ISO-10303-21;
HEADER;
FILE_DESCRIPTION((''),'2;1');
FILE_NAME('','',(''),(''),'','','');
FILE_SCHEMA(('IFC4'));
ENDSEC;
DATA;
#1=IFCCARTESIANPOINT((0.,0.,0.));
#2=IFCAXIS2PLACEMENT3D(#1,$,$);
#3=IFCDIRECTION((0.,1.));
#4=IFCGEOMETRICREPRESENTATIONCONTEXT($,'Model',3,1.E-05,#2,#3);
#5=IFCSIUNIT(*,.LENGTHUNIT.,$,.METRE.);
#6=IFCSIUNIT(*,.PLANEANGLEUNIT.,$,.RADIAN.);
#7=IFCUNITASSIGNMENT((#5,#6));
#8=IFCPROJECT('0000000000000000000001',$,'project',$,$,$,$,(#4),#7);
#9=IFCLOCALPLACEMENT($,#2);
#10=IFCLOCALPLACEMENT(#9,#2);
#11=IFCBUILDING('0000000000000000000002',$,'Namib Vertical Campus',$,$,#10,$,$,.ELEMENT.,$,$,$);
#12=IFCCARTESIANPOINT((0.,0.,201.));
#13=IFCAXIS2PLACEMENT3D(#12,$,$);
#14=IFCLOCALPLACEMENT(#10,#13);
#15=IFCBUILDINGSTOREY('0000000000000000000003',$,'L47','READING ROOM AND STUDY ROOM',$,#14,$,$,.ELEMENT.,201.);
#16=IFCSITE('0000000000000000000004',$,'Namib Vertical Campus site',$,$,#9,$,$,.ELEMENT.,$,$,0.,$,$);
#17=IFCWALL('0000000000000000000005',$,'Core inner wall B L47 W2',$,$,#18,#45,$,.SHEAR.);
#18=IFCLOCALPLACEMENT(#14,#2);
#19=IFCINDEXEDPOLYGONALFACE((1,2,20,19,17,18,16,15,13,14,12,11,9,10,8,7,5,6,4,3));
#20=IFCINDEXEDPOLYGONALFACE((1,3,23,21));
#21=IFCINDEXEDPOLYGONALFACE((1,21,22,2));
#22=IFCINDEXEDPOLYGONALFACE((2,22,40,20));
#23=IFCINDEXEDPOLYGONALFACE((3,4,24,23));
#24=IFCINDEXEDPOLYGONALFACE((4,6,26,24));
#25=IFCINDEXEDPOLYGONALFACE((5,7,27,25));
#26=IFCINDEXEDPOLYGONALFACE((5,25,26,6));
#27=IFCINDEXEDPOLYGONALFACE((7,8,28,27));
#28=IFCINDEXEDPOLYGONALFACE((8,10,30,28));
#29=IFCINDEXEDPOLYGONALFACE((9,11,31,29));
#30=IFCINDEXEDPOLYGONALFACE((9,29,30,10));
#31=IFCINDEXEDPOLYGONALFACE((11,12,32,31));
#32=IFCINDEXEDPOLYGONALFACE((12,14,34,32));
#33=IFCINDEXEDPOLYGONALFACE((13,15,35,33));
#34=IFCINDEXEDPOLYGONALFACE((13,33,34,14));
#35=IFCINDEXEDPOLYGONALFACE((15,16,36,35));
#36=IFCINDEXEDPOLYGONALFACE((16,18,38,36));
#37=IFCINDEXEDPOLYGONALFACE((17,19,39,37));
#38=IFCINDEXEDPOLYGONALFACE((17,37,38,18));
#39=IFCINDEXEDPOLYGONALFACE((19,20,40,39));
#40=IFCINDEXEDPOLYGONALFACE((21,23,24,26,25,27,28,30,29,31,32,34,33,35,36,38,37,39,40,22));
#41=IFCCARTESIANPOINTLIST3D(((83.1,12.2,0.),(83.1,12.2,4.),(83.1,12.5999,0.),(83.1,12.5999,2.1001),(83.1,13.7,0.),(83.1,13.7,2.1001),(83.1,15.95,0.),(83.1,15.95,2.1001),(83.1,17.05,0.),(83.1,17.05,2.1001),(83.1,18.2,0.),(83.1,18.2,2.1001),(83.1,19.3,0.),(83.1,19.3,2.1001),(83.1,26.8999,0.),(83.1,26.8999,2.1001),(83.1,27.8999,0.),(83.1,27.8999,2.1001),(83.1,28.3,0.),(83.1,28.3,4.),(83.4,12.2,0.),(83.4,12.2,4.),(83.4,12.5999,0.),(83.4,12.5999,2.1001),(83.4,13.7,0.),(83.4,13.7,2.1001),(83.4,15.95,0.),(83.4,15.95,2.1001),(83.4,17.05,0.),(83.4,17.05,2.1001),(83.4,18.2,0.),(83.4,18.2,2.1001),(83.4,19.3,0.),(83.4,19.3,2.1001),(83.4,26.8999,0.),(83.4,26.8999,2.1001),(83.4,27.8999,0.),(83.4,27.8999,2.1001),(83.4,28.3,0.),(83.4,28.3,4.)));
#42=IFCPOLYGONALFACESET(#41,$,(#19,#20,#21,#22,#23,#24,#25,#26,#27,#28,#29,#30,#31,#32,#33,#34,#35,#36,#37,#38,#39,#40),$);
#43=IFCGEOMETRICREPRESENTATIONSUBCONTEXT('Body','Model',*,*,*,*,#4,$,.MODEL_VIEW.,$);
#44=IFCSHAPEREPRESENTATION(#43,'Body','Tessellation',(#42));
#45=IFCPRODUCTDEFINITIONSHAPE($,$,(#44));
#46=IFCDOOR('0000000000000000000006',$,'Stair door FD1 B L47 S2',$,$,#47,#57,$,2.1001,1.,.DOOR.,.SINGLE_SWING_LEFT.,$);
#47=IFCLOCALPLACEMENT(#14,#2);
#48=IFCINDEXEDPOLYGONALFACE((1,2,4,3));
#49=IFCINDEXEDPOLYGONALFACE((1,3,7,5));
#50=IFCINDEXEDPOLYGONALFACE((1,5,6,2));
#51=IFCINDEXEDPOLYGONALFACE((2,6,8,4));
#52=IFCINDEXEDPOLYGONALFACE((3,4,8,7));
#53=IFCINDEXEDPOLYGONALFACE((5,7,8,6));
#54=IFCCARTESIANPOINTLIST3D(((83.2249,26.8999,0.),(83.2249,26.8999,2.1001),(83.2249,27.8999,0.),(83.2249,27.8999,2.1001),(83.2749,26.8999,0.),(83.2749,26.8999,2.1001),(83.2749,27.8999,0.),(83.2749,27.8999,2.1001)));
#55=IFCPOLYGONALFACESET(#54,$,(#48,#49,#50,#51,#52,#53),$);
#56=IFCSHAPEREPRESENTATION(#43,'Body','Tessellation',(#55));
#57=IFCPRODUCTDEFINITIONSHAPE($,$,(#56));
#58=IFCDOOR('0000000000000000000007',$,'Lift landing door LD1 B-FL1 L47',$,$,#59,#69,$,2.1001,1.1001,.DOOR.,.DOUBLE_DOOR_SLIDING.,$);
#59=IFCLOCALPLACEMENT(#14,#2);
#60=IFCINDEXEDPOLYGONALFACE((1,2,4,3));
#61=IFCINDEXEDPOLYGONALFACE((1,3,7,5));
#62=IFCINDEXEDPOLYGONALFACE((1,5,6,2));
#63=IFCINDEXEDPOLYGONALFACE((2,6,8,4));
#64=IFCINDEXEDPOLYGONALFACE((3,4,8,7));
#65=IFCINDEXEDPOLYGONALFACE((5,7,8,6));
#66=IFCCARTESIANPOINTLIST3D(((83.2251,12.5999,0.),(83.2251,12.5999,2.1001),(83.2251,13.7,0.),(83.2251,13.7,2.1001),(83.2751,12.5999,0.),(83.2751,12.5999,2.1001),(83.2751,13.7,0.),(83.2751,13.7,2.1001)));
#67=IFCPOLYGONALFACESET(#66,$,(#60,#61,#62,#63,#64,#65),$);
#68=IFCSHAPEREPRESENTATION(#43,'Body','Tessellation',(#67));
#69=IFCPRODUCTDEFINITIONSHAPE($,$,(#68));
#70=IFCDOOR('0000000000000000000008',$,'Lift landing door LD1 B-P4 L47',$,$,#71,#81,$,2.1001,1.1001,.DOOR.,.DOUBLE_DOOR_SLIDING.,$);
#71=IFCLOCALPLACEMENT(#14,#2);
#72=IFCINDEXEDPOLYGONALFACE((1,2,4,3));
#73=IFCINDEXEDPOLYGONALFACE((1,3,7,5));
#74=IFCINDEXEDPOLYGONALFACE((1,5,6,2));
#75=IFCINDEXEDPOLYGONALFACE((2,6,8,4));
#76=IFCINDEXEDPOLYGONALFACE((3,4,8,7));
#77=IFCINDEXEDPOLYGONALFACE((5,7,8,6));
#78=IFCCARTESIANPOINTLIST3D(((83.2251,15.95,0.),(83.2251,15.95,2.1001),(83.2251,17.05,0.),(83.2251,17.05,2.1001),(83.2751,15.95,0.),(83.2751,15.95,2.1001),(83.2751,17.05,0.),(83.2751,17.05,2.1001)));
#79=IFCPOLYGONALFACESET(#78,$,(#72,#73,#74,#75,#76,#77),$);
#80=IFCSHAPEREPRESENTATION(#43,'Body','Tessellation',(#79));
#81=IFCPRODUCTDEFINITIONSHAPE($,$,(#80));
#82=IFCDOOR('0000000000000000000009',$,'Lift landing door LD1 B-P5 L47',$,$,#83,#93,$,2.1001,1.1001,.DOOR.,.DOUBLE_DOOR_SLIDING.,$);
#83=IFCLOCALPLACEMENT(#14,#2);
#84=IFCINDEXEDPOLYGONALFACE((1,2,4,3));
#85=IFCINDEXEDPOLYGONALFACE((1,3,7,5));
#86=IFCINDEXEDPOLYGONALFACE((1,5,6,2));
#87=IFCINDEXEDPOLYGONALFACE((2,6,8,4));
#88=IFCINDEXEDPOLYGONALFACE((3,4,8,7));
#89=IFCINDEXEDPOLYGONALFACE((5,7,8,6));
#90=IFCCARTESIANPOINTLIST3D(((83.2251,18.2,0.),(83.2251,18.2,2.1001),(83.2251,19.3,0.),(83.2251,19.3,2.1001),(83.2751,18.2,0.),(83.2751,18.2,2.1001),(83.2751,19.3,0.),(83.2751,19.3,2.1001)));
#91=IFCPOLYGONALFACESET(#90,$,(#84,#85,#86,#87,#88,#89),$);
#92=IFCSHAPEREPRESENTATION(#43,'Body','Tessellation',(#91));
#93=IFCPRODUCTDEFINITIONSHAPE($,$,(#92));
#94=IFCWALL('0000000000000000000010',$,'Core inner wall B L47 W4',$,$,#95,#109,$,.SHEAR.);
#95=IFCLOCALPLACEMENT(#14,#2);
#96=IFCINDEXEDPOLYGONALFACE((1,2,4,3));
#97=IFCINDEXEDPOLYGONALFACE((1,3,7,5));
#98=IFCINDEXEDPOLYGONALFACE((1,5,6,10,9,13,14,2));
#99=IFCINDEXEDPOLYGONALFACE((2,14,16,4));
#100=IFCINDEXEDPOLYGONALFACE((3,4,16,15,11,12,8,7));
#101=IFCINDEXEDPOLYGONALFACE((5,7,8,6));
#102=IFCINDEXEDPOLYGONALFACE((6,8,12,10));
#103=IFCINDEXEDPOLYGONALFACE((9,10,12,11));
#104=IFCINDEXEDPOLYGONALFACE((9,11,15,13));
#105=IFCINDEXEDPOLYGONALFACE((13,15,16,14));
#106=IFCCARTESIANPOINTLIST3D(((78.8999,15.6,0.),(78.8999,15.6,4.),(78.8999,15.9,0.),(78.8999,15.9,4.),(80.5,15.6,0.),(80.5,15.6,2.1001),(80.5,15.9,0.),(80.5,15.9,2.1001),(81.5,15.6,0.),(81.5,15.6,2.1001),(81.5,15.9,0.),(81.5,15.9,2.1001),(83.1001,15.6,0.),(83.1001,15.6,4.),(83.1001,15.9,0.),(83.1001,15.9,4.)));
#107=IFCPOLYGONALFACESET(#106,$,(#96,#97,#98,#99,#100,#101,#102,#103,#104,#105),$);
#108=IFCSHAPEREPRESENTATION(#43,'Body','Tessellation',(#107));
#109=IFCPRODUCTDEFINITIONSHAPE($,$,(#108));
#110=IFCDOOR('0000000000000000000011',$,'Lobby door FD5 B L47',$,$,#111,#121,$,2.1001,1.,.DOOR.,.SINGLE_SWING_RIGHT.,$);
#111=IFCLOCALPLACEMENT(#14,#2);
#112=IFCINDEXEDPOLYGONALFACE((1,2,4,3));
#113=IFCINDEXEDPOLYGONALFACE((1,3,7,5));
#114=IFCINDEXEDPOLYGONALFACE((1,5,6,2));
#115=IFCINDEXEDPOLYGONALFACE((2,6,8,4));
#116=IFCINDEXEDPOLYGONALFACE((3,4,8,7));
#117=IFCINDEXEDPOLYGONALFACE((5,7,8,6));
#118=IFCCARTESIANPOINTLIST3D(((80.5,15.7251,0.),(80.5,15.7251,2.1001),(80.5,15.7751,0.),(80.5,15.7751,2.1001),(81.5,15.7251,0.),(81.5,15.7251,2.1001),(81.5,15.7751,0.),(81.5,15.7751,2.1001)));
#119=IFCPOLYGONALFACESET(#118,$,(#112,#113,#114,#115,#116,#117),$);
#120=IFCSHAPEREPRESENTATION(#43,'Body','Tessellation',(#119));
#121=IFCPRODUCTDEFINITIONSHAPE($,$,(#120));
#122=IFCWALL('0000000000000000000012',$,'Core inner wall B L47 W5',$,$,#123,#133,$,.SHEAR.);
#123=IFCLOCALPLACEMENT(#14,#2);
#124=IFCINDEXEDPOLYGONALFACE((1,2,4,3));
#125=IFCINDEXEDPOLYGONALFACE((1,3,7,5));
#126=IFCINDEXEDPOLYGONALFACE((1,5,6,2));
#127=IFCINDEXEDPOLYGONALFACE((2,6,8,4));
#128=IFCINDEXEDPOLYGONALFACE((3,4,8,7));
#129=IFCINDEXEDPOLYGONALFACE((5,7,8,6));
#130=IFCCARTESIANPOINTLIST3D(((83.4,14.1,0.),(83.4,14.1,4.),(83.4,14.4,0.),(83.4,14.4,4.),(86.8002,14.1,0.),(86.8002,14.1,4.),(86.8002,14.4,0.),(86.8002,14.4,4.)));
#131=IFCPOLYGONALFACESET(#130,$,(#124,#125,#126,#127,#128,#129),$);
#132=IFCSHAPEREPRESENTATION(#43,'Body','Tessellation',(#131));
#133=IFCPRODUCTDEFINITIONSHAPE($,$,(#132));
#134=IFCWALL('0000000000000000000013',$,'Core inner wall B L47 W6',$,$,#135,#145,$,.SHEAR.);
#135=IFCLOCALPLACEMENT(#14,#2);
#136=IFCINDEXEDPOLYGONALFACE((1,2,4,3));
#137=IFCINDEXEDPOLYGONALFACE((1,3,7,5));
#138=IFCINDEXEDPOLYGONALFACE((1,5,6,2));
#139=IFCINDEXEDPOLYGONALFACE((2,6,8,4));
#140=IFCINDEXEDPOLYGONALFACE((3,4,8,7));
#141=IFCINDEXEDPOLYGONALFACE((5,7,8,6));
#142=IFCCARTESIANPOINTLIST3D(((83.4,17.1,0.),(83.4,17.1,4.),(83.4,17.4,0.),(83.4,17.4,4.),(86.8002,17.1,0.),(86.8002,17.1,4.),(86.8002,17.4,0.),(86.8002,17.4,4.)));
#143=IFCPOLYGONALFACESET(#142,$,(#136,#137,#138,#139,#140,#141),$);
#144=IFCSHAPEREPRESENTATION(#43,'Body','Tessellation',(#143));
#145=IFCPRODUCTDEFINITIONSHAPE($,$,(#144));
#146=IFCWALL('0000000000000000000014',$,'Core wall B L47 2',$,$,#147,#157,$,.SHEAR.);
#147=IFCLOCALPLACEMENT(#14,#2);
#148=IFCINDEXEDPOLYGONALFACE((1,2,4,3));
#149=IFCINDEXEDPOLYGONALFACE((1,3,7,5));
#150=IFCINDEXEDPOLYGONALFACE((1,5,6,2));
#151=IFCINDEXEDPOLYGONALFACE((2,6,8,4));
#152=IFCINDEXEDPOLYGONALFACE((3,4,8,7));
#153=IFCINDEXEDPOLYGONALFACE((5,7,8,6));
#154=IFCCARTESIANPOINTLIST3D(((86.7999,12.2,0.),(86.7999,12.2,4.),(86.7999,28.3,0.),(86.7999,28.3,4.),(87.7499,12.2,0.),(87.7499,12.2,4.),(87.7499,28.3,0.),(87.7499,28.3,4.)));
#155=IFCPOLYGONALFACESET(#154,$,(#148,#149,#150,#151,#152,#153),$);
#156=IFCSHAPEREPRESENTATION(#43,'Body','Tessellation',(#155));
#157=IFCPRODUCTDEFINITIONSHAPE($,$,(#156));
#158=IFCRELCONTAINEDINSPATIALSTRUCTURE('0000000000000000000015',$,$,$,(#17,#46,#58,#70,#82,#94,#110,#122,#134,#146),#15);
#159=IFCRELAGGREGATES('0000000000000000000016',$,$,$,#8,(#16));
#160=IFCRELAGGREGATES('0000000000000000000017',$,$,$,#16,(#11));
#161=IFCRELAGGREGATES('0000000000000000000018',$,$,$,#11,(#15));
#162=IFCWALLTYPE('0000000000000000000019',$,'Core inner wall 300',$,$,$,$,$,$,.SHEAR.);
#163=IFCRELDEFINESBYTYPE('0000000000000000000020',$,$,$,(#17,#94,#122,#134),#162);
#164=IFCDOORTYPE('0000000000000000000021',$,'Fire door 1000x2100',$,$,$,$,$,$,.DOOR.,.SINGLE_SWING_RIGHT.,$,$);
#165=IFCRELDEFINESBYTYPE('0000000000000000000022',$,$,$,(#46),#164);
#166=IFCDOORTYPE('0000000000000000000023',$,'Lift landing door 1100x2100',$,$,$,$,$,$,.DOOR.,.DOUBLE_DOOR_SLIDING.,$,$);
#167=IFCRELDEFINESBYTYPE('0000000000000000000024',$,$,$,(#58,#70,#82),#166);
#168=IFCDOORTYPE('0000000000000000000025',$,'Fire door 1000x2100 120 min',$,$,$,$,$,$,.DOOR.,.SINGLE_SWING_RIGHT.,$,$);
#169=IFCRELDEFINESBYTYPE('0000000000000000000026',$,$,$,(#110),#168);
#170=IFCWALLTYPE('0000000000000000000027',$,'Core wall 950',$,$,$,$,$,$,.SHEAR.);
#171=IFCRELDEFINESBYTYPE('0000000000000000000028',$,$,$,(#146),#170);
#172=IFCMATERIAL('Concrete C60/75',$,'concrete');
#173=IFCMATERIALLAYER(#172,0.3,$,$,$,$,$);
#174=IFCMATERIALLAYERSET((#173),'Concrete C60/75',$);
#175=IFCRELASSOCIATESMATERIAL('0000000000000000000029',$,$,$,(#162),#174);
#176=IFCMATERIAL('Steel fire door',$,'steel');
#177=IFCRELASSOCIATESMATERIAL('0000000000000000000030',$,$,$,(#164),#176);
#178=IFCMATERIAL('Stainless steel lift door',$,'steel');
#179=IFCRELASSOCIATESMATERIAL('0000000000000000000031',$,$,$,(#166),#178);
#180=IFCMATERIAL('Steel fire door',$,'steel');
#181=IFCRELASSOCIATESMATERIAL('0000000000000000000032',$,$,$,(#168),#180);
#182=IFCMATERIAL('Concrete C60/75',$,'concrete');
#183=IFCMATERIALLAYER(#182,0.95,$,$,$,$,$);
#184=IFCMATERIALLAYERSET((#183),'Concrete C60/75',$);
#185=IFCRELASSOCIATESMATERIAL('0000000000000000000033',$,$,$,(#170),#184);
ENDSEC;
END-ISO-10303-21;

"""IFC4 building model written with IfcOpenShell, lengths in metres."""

from ifc_helpers import new_model, si_unit, direction, frame, frame_2d, origin, place, context, subcontext, project, spatial, rectangle, extrude, material, layer, layer_set, type_object, element, fill, save


model = new_model("IFC4")

# Units and contexts
model_context = context("Model", 3, precision=1e-05, world=origin(), true_north=direction((0.0, 1.0)))
body_context = subcontext(model_context, "Body", "Model", "MODEL_VIEW")
ifc_project = project(units=[si_unit("LENGTHUNIT", "METRE"), si_unit("PLANEANGLEUNIT", "RADIAN")], contexts=[model_context])

# Site, building, storey
site_placement = place(None, origin())
site = spatial("IfcSite", under=ifc_project, at=site_placement, Name="Namib Vertical Campus site", CompositionType="ELEMENT", RefElevation=0.0)
building_placement = place(site_placement, origin())
building = spatial("IfcBuilding", under=site, at=building_placement, Name="Namib Vertical Campus", CompositionType="ELEMENT")
storey_placement = place(building_placement, frame((0.0, 0.0, 201.0)))
storey = spatial("IfcBuildingStorey", under=building, at=storey_placement, Name="L47", Description="READING ROOM AND STUDY ROOM", CompositionType="ELEMENT", Elevation=201.0)

# Wall, openings, doors
ifc_material_1 = material(Name="Concrete C60/75", Category="concrete")
ifc_layer_1 = layer(ifc_material_1, 0.3)
ifc_layer_set_1 = layer_set([ifc_layer_1], Name="Concrete C60/75")
wall_type_1 = type_object("IfcWallType", Name="Core inner wall 300", PredefinedType="SHEAR", material=ifc_layer_set_1)
ifc_material_2 = material(Name="Steel fire door", Category="steel")
door_type_1 = type_object("IfcDoorType", Name="Fire door 1000x2100", OperationType="SINGLE_SWING_RIGHT", PredefinedType="DOOR", material=ifc_material_2)
ifc_material_3 = material(Name="Stainless steel lift door", Category="steel")
door_type_2 = type_object("IfcDoorType", Name="Lift landing door 1100x2100", OperationType="DOUBLE_DOOR_SLIDING", PredefinedType="DOOR", material=ifc_material_3)
wall_1_placement = place(storey_placement, frame((83.25, 12.2, 0.0), z_axis=(0.0, 0.0, 1.0), x_axis=(0.0, 1.0, 0.0)))
wall_1 = element("IfcWall", 1, at=wall_1_placement, inside=storey, type_object=wall_type_1, Name="Core inner wall B L47 W2", PredefinedType="SHEAR", context=body_context, shape_type="SweptSolid", body=[
    extrude(rectangle(XDim=16.1001, YDim=0.3, at=frame_2d((8.05, 0.0))), origin(), (0.0, 0.0, 1.0), 4.0),
])
opening_1_placement = place(wall_1_placement, frame((14.7, 0.0, 0.0)))
opening_1 = element("IfcOpeningElement", 2, at=opening_1_placement, cuts=wall_1, PredefinedType="OPENING", context=body_context, shape_type="SweptSolid", body=[
    extrude(rectangle(XDim=1.0, YDim=2.1001, at=frame_2d((0.5, 1.05))), frame((0.0, 0.1599, 0.0), z_axis=(0.0, -1.0, 0.0), x_axis=(1.0, 0.0, 0.0)), (0.0, 0.0, 1.0), 0.3201),
])
opening_2_placement = place(wall_1_placement, frame((0.3999, 0.0, 0.0)))
opening_2 = element("IfcOpeningElement", 3, at=opening_2_placement, cuts=wall_1, PredefinedType="OPENING", context=body_context, shape_type="SweptSolid", body=[
    extrude(rectangle(XDim=1.1001, YDim=2.1001, at=frame_2d((0.55, 1.05))), frame((0.0, 0.1599, 0.0), z_axis=(0.0, -1.0, 0.0), x_axis=(1.0, 0.0, 0.0)), (0.0, 0.0, 1.0), 0.3201),
])
opening_3_placement = place(wall_1_placement, frame((3.75, 0.0, 0.0)))
opening_3 = element("IfcOpeningElement", 4, at=opening_3_placement, cuts=wall_1, PredefinedType="OPENING", context=body_context, shape_type="SweptSolid", body=[
    extrude(rectangle(XDim=1.1001, YDim=2.1001, at=frame_2d((0.55, 1.05))), frame((0.0, 0.1599, 0.0), z_axis=(0.0, -1.0, 0.0), x_axis=(1.0, 0.0, 0.0)), (0.0, 0.0, 1.0), 0.3201),
])
opening_4_placement = place(wall_1_placement, frame((6.0, 0.0, 0.0)))
opening_4 = element("IfcOpeningElement", 5, at=opening_4_placement, cuts=wall_1, PredefinedType="OPENING", context=body_context, shape_type="SweptSolid", body=[
    extrude(rectangle(XDim=1.1001, YDim=2.1001, at=frame_2d((0.55, 1.05))), frame((0.0, 0.1599, 0.0), z_axis=(0.0, -1.0, 0.0), x_axis=(1.0, 0.0, 0.0)), (0.0, 0.0, 1.0), 0.3201),
])
door_1_placement = place(opening_1_placement, frame((1.0, 0.0, 0.0), z_axis=(0.0, 0.0, 1.0), x_axis=(-1.0, 0.0, 0.0)))
door_1 = element("IfcDoor", 6, at=door_1_placement, inside=storey, type_object=door_type_1, Name="Stair door FD1 B L47 S2", OperationType="SINGLE_SWING_LEFT", OverallHeight=2.1001, OverallWidth=1.0, PredefinedType="DOOR", context=body_context, shape_type="SweptSolid", body=[
    extrude(rectangle(XDim=1.0, YDim=2.1001, at=frame_2d((0.5, 1.05))), frame((0.0, 0.0249, 0.0), z_axis=(0.0, -1.0, 0.0), x_axis=(1.0, 0.0, 0.0)), (0.0, 0.0, 1.0), 0.05),
])
fill(opening_1, door_1)
door_2_placement = place(opening_2_placement, origin())
door_2 = element("IfcDoor", 7, at=door_2_placement, inside=storey, type_object=door_type_2, Name="Lift landing door LD1 B-FL1 L47", OperationType="DOUBLE_DOOR_SLIDING", OverallHeight=2.1001, OverallWidth=1.1001, PredefinedType="DOOR", context=body_context, shape_type="SweptSolid", body=[
    extrude(rectangle(XDim=1.1001, YDim=2.1001, at=frame_2d((0.55, 1.05))), frame((0.0, 0.0249, 0.0), z_axis=(0.0, -1.0, 0.0), x_axis=(1.0, 0.0, 0.0)), (0.0, 0.0, 1.0), 0.05),
])
fill(opening_2, door_2)
door_3_placement = place(opening_3_placement, origin())
door_3 = element("IfcDoor", 8, at=door_3_placement, inside=storey, type_object=door_type_2, Name="Lift landing door LD1 B-P4 L47", OperationType="DOUBLE_DOOR_SLIDING", OverallHeight=2.1001, OverallWidth=1.1001, PredefinedType="DOOR", context=body_context, shape_type="SweptSolid", body=[
    extrude(rectangle(XDim=1.1001, YDim=2.1001, at=frame_2d((0.55, 1.05))), frame((0.0, 0.0249, 0.0), z_axis=(0.0, -1.0, 0.0), x_axis=(1.0, 0.0, 0.0)), (0.0, 0.0, 1.0), 0.05),
])
fill(opening_3, door_3)
door_4_placement = place(opening_4_placement, origin())
door_4 = element("IfcDoor", 9, at=door_4_placement, inside=storey, type_object=door_type_2, Name="Lift landing door LD1 B-P5 L47", OperationType="DOUBLE_DOOR_SLIDING", OverallHeight=2.1001, OverallWidth=1.1001, PredefinedType="DOOR", context=body_context, shape_type="SweptSolid", body=[
    extrude(rectangle(XDim=1.1001, YDim=2.1001, at=frame_2d((0.55, 1.05))), frame((0.0, 0.0249, 0.0), z_axis=(0.0, -1.0, 0.0), x_axis=(1.0, 0.0, 0.0)), (0.0, 0.0, 1.0), 0.05),
])
fill(opening_4, door_4)

# Wall, opening, door
wall_2_placement = place(storey_placement, frame((78.8999, 15.75, 0.0), z_axis=(0.0, 0.0, 1.0), x_axis=(1.0, 0.0, 0.0)))
wall_2 = element("IfcWall", 10, at=wall_2_placement, inside=storey, type_object=wall_type_1, Name="Core inner wall B L47 W4", PredefinedType="SHEAR", context=body_context, shape_type="SweptSolid", body=[
    extrude(rectangle(XDim=4.2002, YDim=0.3, at=frame_2d((2.1001, 0.0))), origin(), (0.0, 0.0, 1.0), 4.0),
])
opening_5_placement = place(wall_2_placement, frame((1.6001, 0.0, 0.0)))
opening_5 = element("IfcOpeningElement", 11, at=opening_5_placement, cuts=wall_2, PredefinedType="OPENING", context=body_context, shape_type="SweptSolid", body=[
    extrude(rectangle(XDim=1.0, YDim=2.1001, at=frame_2d((0.5, 1.05))), frame((0.0, 0.1599, 0.0), z_axis=(0.0, -1.0, 0.0), x_axis=(1.0, 0.0, 0.0)), (0.0, 0.0, 1.0), 0.3201),
])
ifc_material_4 = material(Name="Steel fire door", Category="steel")
door_type_3 = type_object("IfcDoorType", Name="Fire door 1000x2100 120 min", OperationType="SINGLE_SWING_RIGHT", PredefinedType="DOOR", material=ifc_material_4)
door_5_placement = place(opening_5_placement, frame((1.0, 0.0, 0.0), z_axis=(0.0, 0.0, 1.0), x_axis=(-1.0, 0.0, 0.0)))
door_5 = element("IfcDoor", 12, at=door_5_placement, inside=storey, type_object=door_type_3, Name="Lobby door FD5 B L47", OperationType="SINGLE_SWING_RIGHT", OverallHeight=2.1001, OverallWidth=1.0, PredefinedType="DOOR", context=body_context, shape_type="SweptSolid", body=[
    extrude(rectangle(XDim=1.0, YDim=2.1001, at=frame_2d((0.5, 1.05))), frame((0.0, 0.0249, 0.0), z_axis=(0.0, -1.0, 0.0), x_axis=(1.0, 0.0, 0.0)), (0.0, 0.0, 1.0), 0.05),
])
fill(opening_5, door_5)

# Walls
for number, where, z_axis, x_axis, name in (
    (13, (83.3999, 14.25, 0.0), (0.0, 0.0, 1.0), (1.0, 0.0, 0.0), "Core inner wall B L47 W5"),
    (14, (83.3999, 17.25, 0.0), (0.0, 0.0, 1.0), (1.0, 0.0, 0.0), "Core inner wall B L47 W6"),
):
    element("IfcWall", number, at=place(storey_placement, frame(where, z_axis=z_axis, x_axis=x_axis)), inside=storey, type_object=wall_type_1, Name=name, PredefinedType="SHEAR", context=body_context, shape_type="SweptSolid", body=[
        extrude(rectangle(XDim=3.4001, YDim=0.3, at=frame_2d((1.7002, 0.0))), origin(), (0.0, 0.0, 1.0), 4.0),
    ])
ifc_material_5 = material(Name="Concrete C60/75", Category="concrete")
ifc_layer_2 = layer(ifc_material_5, 0.95)
ifc_layer_set_2 = layer_set([ifc_layer_2], Name="Concrete C60/75")
wall_type_2 = type_object("IfcWallType", Name="Core wall 950", PredefinedType="SHEAR", material=ifc_layer_set_2)
wall_3_placement = place(storey_placement, frame((87.2749, 12.2, 0.0), z_axis=(0.0, 0.0, 1.0), x_axis=(0.0, 1.0, 0.0)))
element("IfcWall", 15, at=wall_3_placement, inside=storey, type_object=wall_type_2, Name="Core wall B L47 2", PredefinedType="SHEAR", context=body_context, shape_type="SweptSolid", body=[
    extrude(rectangle(XDim=16.1001, YDim=0.95, at=frame_2d((8.05, 0.0))), origin(), (0.0, 0.0, 1.0), 4.0),
])

save(model, "model.ifc")
